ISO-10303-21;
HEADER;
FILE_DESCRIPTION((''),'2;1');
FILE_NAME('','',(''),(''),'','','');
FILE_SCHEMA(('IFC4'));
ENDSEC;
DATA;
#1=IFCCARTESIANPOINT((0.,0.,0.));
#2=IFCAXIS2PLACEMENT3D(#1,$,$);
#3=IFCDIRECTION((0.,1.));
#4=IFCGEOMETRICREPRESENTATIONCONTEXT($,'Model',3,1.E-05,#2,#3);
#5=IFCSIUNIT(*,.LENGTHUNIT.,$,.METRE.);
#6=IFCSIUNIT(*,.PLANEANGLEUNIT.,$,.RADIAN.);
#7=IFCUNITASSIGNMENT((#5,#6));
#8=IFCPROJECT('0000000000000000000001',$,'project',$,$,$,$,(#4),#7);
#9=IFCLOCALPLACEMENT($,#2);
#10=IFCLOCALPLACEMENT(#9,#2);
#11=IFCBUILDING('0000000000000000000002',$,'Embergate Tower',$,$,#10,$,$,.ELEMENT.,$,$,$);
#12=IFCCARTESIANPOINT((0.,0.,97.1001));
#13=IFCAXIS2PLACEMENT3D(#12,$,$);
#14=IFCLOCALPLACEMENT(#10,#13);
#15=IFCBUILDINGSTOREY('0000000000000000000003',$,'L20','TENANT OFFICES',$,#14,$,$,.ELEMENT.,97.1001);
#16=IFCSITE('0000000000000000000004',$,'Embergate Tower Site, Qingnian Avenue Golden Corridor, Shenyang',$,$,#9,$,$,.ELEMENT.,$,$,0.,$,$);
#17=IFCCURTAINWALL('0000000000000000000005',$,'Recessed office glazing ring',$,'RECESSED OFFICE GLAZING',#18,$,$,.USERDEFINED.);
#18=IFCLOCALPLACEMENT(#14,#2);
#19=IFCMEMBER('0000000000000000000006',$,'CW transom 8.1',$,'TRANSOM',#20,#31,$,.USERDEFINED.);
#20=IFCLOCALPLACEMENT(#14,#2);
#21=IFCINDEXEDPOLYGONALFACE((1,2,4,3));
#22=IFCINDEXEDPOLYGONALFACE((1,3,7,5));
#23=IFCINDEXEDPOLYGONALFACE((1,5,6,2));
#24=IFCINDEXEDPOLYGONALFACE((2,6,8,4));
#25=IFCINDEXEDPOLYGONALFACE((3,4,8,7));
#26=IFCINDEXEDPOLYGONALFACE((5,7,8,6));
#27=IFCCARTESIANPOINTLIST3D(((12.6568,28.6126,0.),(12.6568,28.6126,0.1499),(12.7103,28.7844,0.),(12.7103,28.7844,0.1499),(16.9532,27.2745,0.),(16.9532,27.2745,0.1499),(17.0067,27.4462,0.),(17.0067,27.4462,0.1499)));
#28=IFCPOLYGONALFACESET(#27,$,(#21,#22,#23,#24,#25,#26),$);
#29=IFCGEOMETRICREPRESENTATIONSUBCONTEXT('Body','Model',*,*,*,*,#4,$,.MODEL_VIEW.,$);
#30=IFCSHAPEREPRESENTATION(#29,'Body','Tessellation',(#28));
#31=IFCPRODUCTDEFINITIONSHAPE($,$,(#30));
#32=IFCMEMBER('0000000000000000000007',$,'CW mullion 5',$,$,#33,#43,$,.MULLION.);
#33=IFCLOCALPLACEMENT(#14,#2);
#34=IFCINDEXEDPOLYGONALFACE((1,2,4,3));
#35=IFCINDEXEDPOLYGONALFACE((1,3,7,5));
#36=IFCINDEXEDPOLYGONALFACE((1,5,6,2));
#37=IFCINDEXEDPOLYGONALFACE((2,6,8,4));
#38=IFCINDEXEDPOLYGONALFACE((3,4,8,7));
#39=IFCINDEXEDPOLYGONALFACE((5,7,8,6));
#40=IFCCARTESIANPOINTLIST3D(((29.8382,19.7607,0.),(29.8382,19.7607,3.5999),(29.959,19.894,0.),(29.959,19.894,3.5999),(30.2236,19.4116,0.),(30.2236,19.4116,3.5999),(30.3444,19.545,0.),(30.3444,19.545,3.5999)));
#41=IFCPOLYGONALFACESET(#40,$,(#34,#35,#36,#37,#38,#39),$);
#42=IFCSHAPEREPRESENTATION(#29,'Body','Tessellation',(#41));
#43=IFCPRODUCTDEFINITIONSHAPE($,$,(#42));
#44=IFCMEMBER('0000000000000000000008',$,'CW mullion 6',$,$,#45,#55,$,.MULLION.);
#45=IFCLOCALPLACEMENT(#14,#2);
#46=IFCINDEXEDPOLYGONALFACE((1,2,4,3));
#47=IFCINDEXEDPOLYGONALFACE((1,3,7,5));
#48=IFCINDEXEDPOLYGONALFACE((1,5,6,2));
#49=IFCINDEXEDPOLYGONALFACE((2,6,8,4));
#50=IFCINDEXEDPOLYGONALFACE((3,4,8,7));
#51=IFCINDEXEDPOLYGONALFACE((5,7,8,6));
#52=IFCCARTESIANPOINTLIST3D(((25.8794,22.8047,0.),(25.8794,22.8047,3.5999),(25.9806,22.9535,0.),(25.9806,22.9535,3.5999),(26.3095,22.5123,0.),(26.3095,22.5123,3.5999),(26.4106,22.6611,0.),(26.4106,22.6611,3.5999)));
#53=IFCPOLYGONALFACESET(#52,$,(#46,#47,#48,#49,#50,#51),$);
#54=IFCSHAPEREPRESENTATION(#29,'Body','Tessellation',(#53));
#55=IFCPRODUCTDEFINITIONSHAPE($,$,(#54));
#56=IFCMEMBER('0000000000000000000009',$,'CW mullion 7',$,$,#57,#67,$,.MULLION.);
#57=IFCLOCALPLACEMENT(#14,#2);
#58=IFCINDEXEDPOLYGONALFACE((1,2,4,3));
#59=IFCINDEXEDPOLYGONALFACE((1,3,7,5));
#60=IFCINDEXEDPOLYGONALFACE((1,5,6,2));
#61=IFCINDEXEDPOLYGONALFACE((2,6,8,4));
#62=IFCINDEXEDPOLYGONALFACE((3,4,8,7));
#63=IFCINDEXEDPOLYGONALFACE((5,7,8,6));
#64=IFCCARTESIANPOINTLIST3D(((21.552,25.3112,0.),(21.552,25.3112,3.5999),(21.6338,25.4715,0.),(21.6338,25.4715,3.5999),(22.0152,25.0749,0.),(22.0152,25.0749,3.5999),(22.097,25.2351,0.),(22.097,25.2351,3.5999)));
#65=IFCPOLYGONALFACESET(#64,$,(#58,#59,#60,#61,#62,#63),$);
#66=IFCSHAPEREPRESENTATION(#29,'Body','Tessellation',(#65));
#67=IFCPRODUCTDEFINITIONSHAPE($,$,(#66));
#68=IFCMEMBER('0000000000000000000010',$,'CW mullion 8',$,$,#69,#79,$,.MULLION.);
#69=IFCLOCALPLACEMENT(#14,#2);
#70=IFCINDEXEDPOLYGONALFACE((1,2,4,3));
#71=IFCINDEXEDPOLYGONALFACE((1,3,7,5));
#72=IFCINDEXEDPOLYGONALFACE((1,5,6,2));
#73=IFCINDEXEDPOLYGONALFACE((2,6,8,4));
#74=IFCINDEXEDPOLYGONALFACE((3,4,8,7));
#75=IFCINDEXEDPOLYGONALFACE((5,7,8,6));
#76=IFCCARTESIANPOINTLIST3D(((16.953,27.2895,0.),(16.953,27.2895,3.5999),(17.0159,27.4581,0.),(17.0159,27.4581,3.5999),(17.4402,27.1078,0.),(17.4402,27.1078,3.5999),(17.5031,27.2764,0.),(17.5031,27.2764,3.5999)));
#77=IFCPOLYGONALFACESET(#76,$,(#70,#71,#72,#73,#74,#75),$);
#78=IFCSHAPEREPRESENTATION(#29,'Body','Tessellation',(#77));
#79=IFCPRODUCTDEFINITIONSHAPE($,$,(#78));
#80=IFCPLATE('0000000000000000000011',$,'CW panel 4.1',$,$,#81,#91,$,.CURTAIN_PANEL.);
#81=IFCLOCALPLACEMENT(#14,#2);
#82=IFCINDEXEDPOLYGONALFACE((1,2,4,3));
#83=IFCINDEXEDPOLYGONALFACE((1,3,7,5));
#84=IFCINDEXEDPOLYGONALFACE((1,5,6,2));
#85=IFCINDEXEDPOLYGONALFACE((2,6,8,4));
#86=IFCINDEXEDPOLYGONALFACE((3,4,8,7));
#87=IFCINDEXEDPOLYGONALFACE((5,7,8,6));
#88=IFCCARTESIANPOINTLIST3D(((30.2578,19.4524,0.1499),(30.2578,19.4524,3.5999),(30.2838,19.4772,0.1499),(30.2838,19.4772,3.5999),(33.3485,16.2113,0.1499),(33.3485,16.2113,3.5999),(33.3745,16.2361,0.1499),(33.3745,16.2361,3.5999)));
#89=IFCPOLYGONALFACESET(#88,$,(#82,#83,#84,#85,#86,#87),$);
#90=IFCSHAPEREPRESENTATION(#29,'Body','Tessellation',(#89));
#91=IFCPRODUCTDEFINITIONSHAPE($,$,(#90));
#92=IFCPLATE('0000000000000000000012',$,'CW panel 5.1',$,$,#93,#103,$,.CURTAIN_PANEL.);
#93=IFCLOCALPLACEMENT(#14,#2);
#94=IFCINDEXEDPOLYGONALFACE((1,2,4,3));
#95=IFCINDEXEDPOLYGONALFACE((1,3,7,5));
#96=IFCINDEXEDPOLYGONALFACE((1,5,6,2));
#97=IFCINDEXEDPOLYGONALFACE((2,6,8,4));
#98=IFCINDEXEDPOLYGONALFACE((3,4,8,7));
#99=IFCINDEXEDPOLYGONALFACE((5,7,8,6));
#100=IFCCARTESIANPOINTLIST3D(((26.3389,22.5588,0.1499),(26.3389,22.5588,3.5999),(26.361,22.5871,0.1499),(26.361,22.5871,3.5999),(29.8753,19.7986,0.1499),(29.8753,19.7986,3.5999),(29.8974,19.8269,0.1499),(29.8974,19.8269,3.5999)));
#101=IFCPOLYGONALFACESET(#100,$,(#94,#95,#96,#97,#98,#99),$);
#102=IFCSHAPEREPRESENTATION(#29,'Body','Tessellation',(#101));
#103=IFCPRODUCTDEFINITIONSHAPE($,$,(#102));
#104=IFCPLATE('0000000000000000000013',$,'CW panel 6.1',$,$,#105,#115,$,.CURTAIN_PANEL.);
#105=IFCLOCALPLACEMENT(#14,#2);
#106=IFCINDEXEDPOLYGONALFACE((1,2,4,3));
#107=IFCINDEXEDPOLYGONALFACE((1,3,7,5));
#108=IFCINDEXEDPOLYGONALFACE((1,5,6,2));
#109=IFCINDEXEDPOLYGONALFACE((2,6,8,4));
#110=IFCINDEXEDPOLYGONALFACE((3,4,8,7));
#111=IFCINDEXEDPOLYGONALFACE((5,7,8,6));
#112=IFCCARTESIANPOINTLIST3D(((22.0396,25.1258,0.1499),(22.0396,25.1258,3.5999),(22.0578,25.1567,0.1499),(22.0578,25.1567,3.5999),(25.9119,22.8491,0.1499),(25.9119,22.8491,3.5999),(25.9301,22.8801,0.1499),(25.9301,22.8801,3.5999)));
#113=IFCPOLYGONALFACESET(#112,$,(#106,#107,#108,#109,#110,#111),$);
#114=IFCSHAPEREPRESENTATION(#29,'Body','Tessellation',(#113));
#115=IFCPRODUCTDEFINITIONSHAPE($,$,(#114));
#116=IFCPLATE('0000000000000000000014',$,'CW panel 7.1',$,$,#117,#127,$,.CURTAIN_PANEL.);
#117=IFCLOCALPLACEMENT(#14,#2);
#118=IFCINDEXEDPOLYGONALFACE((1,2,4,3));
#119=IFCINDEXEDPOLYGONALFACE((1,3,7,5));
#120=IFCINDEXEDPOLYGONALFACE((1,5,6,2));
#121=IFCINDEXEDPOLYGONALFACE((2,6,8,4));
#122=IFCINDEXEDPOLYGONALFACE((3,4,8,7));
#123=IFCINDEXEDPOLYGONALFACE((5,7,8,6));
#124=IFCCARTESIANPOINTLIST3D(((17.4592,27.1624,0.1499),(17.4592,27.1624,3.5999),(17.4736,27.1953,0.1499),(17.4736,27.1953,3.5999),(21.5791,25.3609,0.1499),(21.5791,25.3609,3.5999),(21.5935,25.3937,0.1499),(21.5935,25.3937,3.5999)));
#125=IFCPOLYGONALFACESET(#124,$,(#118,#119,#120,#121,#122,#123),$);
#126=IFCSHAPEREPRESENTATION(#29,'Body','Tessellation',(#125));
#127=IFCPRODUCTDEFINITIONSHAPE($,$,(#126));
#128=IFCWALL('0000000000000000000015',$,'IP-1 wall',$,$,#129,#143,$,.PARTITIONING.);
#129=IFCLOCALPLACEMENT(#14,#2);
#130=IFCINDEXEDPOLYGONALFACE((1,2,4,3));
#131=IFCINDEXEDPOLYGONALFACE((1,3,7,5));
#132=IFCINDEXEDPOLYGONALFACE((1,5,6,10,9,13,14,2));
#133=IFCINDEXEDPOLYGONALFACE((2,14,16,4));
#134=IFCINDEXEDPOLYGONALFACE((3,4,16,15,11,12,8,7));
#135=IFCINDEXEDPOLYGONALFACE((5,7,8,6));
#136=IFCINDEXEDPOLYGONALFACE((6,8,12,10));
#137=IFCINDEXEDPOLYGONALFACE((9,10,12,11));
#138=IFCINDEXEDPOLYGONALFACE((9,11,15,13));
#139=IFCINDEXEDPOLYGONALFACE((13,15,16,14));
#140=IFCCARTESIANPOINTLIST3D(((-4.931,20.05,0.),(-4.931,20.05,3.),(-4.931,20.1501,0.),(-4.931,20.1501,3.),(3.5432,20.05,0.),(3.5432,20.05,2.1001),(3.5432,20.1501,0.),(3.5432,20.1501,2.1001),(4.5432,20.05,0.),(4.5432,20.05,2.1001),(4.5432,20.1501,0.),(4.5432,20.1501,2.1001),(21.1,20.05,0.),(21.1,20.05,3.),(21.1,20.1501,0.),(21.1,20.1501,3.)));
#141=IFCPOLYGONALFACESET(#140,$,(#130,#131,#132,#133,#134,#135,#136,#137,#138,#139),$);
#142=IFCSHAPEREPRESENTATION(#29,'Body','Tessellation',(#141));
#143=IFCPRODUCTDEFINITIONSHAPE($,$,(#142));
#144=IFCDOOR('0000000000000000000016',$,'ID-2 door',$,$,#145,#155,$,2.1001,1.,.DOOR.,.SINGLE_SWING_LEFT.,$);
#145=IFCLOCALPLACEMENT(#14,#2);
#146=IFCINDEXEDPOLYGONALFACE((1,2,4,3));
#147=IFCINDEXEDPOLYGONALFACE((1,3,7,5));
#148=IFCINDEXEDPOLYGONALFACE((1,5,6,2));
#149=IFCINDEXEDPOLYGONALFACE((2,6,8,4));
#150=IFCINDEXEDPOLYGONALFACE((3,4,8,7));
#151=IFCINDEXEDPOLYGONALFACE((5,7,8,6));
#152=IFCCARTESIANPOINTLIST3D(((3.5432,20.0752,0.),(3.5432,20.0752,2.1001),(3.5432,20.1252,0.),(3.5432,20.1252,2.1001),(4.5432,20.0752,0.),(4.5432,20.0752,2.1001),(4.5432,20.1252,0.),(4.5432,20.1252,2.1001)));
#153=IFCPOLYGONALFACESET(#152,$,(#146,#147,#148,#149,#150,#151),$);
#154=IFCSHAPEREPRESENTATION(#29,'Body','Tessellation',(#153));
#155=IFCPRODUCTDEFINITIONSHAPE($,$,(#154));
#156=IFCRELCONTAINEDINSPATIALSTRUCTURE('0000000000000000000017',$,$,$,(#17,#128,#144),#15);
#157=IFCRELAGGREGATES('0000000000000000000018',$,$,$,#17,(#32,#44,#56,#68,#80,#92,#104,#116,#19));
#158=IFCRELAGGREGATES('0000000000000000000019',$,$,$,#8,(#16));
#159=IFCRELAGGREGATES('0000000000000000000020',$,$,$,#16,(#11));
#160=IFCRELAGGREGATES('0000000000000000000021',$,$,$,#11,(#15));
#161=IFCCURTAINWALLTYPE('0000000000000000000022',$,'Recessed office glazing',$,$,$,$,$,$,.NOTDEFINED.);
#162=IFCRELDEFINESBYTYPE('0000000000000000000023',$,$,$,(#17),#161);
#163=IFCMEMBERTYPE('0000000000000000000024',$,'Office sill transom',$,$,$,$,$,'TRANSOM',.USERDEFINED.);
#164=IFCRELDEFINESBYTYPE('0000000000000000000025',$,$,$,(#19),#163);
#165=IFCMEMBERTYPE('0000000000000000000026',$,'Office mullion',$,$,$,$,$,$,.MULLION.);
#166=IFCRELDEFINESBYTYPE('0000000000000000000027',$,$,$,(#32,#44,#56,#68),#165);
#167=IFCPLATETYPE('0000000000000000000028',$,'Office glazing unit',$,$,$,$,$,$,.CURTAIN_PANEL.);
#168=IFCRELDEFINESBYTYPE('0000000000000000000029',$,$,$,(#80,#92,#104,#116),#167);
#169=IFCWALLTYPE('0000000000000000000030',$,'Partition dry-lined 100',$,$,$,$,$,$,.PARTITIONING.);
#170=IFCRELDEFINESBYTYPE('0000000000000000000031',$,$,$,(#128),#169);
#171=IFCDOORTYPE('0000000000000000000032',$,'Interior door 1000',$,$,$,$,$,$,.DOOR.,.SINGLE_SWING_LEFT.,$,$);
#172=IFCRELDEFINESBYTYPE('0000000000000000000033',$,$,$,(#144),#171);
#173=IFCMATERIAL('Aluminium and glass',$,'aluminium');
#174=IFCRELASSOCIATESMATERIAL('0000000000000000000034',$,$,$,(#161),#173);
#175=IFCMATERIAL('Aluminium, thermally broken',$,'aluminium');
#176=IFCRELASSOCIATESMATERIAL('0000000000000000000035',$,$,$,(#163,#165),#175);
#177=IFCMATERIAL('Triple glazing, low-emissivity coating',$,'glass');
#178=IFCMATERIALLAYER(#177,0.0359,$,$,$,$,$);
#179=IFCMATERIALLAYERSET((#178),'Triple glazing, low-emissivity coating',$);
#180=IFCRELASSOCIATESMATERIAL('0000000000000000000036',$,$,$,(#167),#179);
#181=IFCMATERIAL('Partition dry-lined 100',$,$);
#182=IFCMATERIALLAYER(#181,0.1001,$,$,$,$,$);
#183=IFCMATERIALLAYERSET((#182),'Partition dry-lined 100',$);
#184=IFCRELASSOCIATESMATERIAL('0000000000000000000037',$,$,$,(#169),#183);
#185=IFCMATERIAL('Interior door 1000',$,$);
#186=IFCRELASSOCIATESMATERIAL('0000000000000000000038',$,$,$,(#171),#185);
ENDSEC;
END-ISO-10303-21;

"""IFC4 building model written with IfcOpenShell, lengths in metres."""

from ifc_helpers import new_model, si_unit, direction, frame, frame_2d, origin, origin_2d, place, context, subcontext, project, spatial, rectangle, extrude, source, transform, mapped, material, layer, layer_set, material_profile, profile_set, type_object, element, fill, aggregate, save


model = new_model("IFC4")

# Units and contexts
model_context = context("Model", 3, precision=1e-05, world=origin(), true_north=direction((0.0, 1.0)))
body_context = subcontext(model_context, "Body", "Model", "MODEL_VIEW")
ifc_project = project(units=[si_unit("LENGTHUNIT", "METRE"), si_unit("PLANEANGLEUNIT", "RADIAN")], contexts=[model_context])

# Site, building, storey
site_placement = place(None, origin())
site = spatial("IfcSite", under=ifc_project, at=site_placement, Name="Embergate Tower Site, Qingnian Avenue Golden Corridor, Shenyang", CompositionType="ELEMENT", RefElevation=0.0)
building_placement = place(site_placement, origin())
building = spatial("IfcBuilding", under=site, at=building_placement, Name="Embergate Tower", CompositionType="ELEMENT")
storey_placement = place(building_placement, frame((0.0, 0.0, 97.1001)))
storey = spatial("IfcBuildingStorey", under=building, at=storey_placement, Name="L20", Description="TENANT OFFICES", CompositionType="ELEMENT", Elevation=97.1001)

# Curtain wall, members, plates
ifc_material_1 = material(Name="Aluminium and glass", Category="aluminium")
curtain_wall_type = type_object("IfcCurtainWallType", Name="Recessed office glazing", PredefinedType="NOTDEFINED", material=ifc_material_1)
curtain_wall_placement = place(storey_placement, origin())
curtain_wall = element("IfcCurtainWall", 1, at=curtain_wall_placement, inside=storey, type_object=curtain_wall_type, Name="Recessed office glazing ring", ObjectType="RECESSED OFFICE GLAZING", PredefinedType="USERDEFINED")
ifc_material_2 = material(Name="Aluminium, thermally broken", Category="aluminium")
ifc_material_profile_1 = material_profile(ifc_material_2, rectangle(XDim=0.1799, YDim=0.1499, at=origin_2d()), Name="AL 150x180")
ifc_profile_set_1 = profile_set([ifc_material_profile_1], Name="Aluminium, thermally broken")
member_type_1 = type_object("IfcMemberType", Name="Office sill transom", ElementType="TRANSOM", PredefinedType="USERDEFINED", material=ifc_profile_set_1)
shared_shape_1 = source(origin(), body_context, "Body", "SweptSolid", [
    extrude(rectangle(XDim=0.1799, YDim=0.1499, at=origin_2d()), origin(), (0.0, 0.0, 1.0), 4.5),
])
member_1_placement = place(storey_placement, frame((16.98, 27.3604, 0.075), z_axis=(-0.954763, 0.297367, 0.0), x_axis=(-0.297367, -0.954763, 0.0)))
member_1 = element("IfcMember", 2, at=member_1_placement, type_object=member_type_1, Name="CW transom 8.1", ObjectType="TRANSOM", PredefinedType="USERDEFINED", context=body_context, shape_type="MappedRepresentation", body=[
    mapped(shared_shape_1, transform((0.0, 0.0, 0.0))),
])
ifc_material_profile_2 = material_profile(ifc_material_2, rectangle(XDim=0.1799, YDim=0.52, at=origin_2d()), Name="AL 520x180")
ifc_profile_set_2 = profile_set([ifc_material_profile_2], Name="Aluminium, thermally broken")
member_type_2 = type_object("IfcMemberType", Name="Office mullion", PredefinedType="MULLION", material=ifc_profile_set_2)
shared_shape_2 = source(origin(), body_context, "Body", "SweptSolid", [
    extrude(rectangle(XDim=0.1799, YDim=0.52, at=origin_2d()), origin(), (0.0, 0.0, 1.0), 3.5999),
])
member_2_placement = place(storey_placement, frame((30.0913, 19.6528, 0.0), z_axis=(0.0, 0.0, 1.0), x_axis=(-0.671239, -0.741241, 0.0)))
member_2 = element("IfcMember", 3, at=member_2_placement, type_object=member_type_2, Name="CW mullion 5", PredefinedType="MULLION", context=body_context, shape_type="MappedRepresentation", body=[
    mapped(shared_shape_2, transform((0.0, 0.0, 0.0))),
])
member_3_placement = place(storey_placement, frame((26.145, 22.7329, 0.0), z_axis=(0.0, 0.0, 1.0), x_axis=(-0.562229, -0.826981, 0.0)))
member_3 = element("IfcMember", 4, at=member_3_placement, type_object=member_type_2, Name="CW mullion 6", PredefinedType="MULLION", context=body_context, shape_type="MappedRepresentation", body=[
    mapped(shared_shape_2, transform((0.0, 0.0, 0.0))),
])
member_4_placement = place(storey_placement, frame((21.8245, 25.2732, 0.0), z_axis=(0.0, 0.0, 1.0), x_axis=(-0.454521, -0.890736, 0.0)))
member_4 = element("IfcMember", 5, at=member_4_placement, type_object=member_type_2, Name="CW mullion 7", PredefinedType="MULLION", context=body_context, shape_type="MappedRepresentation", body=[
    mapped(shared_shape_2, transform((0.0, 0.0, 0.0))),
])
member_5_placement = place(storey_placement, frame((17.228, 27.283, 0.0), z_axis=(0.0, 0.0, 1.0), x_axis=(-0.349511, -0.936932, 0.0)))
member_5 = element("IfcMember", 6, at=member_5_placement, type_object=member_type_2, Name="CW mullion 8", PredefinedType="MULLION", context=body_context, shape_type="MappedRepresentation", body=[
    mapped(shared_shape_2, transform((0.0, 0.0, 0.0))),
])
ifc_material_3 = material(Name="Triple glazing, low-emissivity coating", Category="glass")
ifc_layer_1 = layer(ifc_material_3, 0.0359)
ifc_layer_set_1 = layer_set([ifc_layer_1], Name="Triple glazing, low-emissivity coating")
plate_type = type_object("IfcPlateType", Name="Office glazing unit", PredefinedType="CURTAIN_PANEL", material=ifc_layer_set_1)
shared_shape_3 = source(origin(), body_context, "Body", "SweptSolid", [
    extrude(rectangle(XDim=4.4785, YDim=0.0359, at=origin_2d()), origin(), (0.0, 0.0, 1.0), 3.45),
])
plate_1_placement = place(storey_placement, frame((31.8162, 17.8442, 0.1499), z_axis=(0.0, 0.0, 1.0), x_axis=(-0.690125, 0.72369, 0.0)))
plate_1 = element("IfcPlate", 7, at=plate_1_placement, type_object=plate_type, Name="CW panel 4.1", PredefinedType="CURTAIN_PANEL", context=body_context, shape_type="MappedRepresentation", body=[
    mapped(shared_shape_3, transform((0.0, 0.0, 0.0))),
])
shared_shape_4 = source(origin(), body_context, "Body", "SweptSolid", [
    extrude(rectangle(XDim=4.4861, YDim=0.0359, at=origin_2d()), origin(), (0.0, 0.0, 1.0), 3.45),
])
plate_2_placement = place(storey_placement, frame((28.1182, 21.1929, 0.1499), z_axis=(0.0, 0.0, 1.0), x_axis=(-0.788313, 0.615275, 0.0)))
plate_2 = element("IfcPlate", 8, at=plate_2_placement, type_object=plate_type, Name="CW panel 5.1", PredefinedType="CURTAIN_PANEL", context=body_context, shape_type="MappedRepresentation", body=[
    mapped(shared_shape_4, transform((0.0, 0.0, 0.0))),
])
shared_shape_5 = source(origin(), body_context, "Body", "SweptSolid", [
    extrude(rectangle(XDim=4.4919, YDim=0.0359, at=origin_2d()), origin(), (0.0, 0.0, 1.0), 3.45),
])
plate_3_placement = place(storey_placement, frame((23.9849, 24.0029, 0.1499), z_axis=(0.0, 0.0, 1.0), x_axis=(-0.862048, 0.506827, 0.0)))
plate_3 = element("IfcPlate", 9, at=plate_3_placement, type_object=plate_type, Name="CW panel 6.1", PredefinedType="CURTAIN_PANEL", context=body_context, shape_type="MappedRepresentation", body=[
    mapped(shared_shape_5, transform((0.0, 0.0, 0.0))),
])
shared_shape_6 = source(origin(), body_context, "Body", "SweptSolid", [
    extrude(rectangle(XDim=4.4966, YDim=0.0359, at=origin_2d()), origin(), (0.0, 0.0, 1.0), 3.45),
])
plate_4_placement = place(storey_placement, frame((19.5264, 26.2781, 0.1499), z_axis=(0.0, 0.0, 1.0), x_axis=(-0.916233, 0.400646, 0.0)))
plate_4 = element("IfcPlate", 10, at=plate_4_placement, type_object=plate_type, Name="CW panel 7.1", PredefinedType="CURTAIN_PANEL", context=body_context, shape_type="MappedRepresentation", body=[
    mapped(shared_shape_6, transform((0.0, 0.0, 0.0))),
])
aggregate(curtain_wall, [member_2, member_3, member_4, member_5, plate_1, plate_2, plate_3, plate_4, member_1])

# Wall, opening, door
ifc_material_4 = material(Name="Partition dry-lined 100")
ifc_layer_2 = layer(ifc_material_4, 0.1001)
ifc_layer_set_2 = layer_set([ifc_layer_2], Name="Partition dry-lined 100")
wall_type = type_object("IfcWallType", Name="Partition dry-lined 100", PredefinedType="PARTITIONING", material=ifc_layer_set_2)
shared_shape_7 = source(origin(), body_context, "Body", "SweptSolid", [
    extrude(rectangle(XDim=26.031, YDim=0.1001, at=frame_2d((13.0156, 0.0))), origin(), (0.0, 0.0, 1.0), 3.0),
])
wall_placement = place(storey_placement, frame((21.1001, 20.1001, 0.0), z_axis=(0.0, 0.0, 1.0), x_axis=(-1.0, 0.0, 0.0)))
wall = element("IfcWall", 11, at=wall_placement, inside=storey, type_object=wall_type, Name="IP-1 wall", PredefinedType="PARTITIONING", context=body_context, shape_type="MappedRepresentation", body=[
    mapped(shared_shape_7, transform((0.0, 0.0, 0.0))),
])
shared_shape_8 = source(origin(), body_context, "Body", "SweptSolid", [
    extrude(rectangle(XDim=1.0, YDim=2.1001, at=frame_2d((0.5, 1.05))), frame((0.0, 0.0601, 0.0), z_axis=(0.0, -1.0, 0.0), x_axis=(1.0, 0.0, 0.0)), (0.0, 0.0, 1.0), 0.1201),
])
opening_placement = place(wall_placement, frame((16.5569, 0.0, 0.0)))
opening = element("IfcOpeningElement", 12, at=opening_placement, cuts=wall, PredefinedType="OPENING", context=body_context, shape_type="MappedRepresentation", body=[
    mapped(shared_shape_8, transform((0.0, 0.0, 0.0))),
])
ifc_material_5 = material(Name="Interior door 1000")
door_type = type_object("IfcDoorType", Name="Interior door 1000", OperationType="SINGLE_SWING_LEFT", PredefinedType="DOOR", material=ifc_material_5)
shared_shape_9 = source(origin(), body_context, "Body", "SweptSolid", [
    extrude(rectangle(XDim=1.0, YDim=2.1001, at=frame_2d((0.5, 1.05))), frame((0.0, 0.0249, 0.0), z_axis=(0.0, -1.0, 0.0), x_axis=(1.0, 0.0, 0.0)), (0.0, 0.0, 1.0), 0.05),
])
door_placement = place(opening_placement, origin())
door = element("IfcDoor", 13, at=door_placement, inside=storey, type_object=door_type, Name="ID-2 door", OperationType="SINGLE_SWING_LEFT", OverallHeight=2.1001, OverallWidth=1.0, PredefinedType="DOOR", context=body_context, shape_type="MappedRepresentation", body=[
    mapped(shared_shape_9, transform((0.0, 0.0, 0.0))),
])
fill(opening, door)

save(model, "model.ifc")
